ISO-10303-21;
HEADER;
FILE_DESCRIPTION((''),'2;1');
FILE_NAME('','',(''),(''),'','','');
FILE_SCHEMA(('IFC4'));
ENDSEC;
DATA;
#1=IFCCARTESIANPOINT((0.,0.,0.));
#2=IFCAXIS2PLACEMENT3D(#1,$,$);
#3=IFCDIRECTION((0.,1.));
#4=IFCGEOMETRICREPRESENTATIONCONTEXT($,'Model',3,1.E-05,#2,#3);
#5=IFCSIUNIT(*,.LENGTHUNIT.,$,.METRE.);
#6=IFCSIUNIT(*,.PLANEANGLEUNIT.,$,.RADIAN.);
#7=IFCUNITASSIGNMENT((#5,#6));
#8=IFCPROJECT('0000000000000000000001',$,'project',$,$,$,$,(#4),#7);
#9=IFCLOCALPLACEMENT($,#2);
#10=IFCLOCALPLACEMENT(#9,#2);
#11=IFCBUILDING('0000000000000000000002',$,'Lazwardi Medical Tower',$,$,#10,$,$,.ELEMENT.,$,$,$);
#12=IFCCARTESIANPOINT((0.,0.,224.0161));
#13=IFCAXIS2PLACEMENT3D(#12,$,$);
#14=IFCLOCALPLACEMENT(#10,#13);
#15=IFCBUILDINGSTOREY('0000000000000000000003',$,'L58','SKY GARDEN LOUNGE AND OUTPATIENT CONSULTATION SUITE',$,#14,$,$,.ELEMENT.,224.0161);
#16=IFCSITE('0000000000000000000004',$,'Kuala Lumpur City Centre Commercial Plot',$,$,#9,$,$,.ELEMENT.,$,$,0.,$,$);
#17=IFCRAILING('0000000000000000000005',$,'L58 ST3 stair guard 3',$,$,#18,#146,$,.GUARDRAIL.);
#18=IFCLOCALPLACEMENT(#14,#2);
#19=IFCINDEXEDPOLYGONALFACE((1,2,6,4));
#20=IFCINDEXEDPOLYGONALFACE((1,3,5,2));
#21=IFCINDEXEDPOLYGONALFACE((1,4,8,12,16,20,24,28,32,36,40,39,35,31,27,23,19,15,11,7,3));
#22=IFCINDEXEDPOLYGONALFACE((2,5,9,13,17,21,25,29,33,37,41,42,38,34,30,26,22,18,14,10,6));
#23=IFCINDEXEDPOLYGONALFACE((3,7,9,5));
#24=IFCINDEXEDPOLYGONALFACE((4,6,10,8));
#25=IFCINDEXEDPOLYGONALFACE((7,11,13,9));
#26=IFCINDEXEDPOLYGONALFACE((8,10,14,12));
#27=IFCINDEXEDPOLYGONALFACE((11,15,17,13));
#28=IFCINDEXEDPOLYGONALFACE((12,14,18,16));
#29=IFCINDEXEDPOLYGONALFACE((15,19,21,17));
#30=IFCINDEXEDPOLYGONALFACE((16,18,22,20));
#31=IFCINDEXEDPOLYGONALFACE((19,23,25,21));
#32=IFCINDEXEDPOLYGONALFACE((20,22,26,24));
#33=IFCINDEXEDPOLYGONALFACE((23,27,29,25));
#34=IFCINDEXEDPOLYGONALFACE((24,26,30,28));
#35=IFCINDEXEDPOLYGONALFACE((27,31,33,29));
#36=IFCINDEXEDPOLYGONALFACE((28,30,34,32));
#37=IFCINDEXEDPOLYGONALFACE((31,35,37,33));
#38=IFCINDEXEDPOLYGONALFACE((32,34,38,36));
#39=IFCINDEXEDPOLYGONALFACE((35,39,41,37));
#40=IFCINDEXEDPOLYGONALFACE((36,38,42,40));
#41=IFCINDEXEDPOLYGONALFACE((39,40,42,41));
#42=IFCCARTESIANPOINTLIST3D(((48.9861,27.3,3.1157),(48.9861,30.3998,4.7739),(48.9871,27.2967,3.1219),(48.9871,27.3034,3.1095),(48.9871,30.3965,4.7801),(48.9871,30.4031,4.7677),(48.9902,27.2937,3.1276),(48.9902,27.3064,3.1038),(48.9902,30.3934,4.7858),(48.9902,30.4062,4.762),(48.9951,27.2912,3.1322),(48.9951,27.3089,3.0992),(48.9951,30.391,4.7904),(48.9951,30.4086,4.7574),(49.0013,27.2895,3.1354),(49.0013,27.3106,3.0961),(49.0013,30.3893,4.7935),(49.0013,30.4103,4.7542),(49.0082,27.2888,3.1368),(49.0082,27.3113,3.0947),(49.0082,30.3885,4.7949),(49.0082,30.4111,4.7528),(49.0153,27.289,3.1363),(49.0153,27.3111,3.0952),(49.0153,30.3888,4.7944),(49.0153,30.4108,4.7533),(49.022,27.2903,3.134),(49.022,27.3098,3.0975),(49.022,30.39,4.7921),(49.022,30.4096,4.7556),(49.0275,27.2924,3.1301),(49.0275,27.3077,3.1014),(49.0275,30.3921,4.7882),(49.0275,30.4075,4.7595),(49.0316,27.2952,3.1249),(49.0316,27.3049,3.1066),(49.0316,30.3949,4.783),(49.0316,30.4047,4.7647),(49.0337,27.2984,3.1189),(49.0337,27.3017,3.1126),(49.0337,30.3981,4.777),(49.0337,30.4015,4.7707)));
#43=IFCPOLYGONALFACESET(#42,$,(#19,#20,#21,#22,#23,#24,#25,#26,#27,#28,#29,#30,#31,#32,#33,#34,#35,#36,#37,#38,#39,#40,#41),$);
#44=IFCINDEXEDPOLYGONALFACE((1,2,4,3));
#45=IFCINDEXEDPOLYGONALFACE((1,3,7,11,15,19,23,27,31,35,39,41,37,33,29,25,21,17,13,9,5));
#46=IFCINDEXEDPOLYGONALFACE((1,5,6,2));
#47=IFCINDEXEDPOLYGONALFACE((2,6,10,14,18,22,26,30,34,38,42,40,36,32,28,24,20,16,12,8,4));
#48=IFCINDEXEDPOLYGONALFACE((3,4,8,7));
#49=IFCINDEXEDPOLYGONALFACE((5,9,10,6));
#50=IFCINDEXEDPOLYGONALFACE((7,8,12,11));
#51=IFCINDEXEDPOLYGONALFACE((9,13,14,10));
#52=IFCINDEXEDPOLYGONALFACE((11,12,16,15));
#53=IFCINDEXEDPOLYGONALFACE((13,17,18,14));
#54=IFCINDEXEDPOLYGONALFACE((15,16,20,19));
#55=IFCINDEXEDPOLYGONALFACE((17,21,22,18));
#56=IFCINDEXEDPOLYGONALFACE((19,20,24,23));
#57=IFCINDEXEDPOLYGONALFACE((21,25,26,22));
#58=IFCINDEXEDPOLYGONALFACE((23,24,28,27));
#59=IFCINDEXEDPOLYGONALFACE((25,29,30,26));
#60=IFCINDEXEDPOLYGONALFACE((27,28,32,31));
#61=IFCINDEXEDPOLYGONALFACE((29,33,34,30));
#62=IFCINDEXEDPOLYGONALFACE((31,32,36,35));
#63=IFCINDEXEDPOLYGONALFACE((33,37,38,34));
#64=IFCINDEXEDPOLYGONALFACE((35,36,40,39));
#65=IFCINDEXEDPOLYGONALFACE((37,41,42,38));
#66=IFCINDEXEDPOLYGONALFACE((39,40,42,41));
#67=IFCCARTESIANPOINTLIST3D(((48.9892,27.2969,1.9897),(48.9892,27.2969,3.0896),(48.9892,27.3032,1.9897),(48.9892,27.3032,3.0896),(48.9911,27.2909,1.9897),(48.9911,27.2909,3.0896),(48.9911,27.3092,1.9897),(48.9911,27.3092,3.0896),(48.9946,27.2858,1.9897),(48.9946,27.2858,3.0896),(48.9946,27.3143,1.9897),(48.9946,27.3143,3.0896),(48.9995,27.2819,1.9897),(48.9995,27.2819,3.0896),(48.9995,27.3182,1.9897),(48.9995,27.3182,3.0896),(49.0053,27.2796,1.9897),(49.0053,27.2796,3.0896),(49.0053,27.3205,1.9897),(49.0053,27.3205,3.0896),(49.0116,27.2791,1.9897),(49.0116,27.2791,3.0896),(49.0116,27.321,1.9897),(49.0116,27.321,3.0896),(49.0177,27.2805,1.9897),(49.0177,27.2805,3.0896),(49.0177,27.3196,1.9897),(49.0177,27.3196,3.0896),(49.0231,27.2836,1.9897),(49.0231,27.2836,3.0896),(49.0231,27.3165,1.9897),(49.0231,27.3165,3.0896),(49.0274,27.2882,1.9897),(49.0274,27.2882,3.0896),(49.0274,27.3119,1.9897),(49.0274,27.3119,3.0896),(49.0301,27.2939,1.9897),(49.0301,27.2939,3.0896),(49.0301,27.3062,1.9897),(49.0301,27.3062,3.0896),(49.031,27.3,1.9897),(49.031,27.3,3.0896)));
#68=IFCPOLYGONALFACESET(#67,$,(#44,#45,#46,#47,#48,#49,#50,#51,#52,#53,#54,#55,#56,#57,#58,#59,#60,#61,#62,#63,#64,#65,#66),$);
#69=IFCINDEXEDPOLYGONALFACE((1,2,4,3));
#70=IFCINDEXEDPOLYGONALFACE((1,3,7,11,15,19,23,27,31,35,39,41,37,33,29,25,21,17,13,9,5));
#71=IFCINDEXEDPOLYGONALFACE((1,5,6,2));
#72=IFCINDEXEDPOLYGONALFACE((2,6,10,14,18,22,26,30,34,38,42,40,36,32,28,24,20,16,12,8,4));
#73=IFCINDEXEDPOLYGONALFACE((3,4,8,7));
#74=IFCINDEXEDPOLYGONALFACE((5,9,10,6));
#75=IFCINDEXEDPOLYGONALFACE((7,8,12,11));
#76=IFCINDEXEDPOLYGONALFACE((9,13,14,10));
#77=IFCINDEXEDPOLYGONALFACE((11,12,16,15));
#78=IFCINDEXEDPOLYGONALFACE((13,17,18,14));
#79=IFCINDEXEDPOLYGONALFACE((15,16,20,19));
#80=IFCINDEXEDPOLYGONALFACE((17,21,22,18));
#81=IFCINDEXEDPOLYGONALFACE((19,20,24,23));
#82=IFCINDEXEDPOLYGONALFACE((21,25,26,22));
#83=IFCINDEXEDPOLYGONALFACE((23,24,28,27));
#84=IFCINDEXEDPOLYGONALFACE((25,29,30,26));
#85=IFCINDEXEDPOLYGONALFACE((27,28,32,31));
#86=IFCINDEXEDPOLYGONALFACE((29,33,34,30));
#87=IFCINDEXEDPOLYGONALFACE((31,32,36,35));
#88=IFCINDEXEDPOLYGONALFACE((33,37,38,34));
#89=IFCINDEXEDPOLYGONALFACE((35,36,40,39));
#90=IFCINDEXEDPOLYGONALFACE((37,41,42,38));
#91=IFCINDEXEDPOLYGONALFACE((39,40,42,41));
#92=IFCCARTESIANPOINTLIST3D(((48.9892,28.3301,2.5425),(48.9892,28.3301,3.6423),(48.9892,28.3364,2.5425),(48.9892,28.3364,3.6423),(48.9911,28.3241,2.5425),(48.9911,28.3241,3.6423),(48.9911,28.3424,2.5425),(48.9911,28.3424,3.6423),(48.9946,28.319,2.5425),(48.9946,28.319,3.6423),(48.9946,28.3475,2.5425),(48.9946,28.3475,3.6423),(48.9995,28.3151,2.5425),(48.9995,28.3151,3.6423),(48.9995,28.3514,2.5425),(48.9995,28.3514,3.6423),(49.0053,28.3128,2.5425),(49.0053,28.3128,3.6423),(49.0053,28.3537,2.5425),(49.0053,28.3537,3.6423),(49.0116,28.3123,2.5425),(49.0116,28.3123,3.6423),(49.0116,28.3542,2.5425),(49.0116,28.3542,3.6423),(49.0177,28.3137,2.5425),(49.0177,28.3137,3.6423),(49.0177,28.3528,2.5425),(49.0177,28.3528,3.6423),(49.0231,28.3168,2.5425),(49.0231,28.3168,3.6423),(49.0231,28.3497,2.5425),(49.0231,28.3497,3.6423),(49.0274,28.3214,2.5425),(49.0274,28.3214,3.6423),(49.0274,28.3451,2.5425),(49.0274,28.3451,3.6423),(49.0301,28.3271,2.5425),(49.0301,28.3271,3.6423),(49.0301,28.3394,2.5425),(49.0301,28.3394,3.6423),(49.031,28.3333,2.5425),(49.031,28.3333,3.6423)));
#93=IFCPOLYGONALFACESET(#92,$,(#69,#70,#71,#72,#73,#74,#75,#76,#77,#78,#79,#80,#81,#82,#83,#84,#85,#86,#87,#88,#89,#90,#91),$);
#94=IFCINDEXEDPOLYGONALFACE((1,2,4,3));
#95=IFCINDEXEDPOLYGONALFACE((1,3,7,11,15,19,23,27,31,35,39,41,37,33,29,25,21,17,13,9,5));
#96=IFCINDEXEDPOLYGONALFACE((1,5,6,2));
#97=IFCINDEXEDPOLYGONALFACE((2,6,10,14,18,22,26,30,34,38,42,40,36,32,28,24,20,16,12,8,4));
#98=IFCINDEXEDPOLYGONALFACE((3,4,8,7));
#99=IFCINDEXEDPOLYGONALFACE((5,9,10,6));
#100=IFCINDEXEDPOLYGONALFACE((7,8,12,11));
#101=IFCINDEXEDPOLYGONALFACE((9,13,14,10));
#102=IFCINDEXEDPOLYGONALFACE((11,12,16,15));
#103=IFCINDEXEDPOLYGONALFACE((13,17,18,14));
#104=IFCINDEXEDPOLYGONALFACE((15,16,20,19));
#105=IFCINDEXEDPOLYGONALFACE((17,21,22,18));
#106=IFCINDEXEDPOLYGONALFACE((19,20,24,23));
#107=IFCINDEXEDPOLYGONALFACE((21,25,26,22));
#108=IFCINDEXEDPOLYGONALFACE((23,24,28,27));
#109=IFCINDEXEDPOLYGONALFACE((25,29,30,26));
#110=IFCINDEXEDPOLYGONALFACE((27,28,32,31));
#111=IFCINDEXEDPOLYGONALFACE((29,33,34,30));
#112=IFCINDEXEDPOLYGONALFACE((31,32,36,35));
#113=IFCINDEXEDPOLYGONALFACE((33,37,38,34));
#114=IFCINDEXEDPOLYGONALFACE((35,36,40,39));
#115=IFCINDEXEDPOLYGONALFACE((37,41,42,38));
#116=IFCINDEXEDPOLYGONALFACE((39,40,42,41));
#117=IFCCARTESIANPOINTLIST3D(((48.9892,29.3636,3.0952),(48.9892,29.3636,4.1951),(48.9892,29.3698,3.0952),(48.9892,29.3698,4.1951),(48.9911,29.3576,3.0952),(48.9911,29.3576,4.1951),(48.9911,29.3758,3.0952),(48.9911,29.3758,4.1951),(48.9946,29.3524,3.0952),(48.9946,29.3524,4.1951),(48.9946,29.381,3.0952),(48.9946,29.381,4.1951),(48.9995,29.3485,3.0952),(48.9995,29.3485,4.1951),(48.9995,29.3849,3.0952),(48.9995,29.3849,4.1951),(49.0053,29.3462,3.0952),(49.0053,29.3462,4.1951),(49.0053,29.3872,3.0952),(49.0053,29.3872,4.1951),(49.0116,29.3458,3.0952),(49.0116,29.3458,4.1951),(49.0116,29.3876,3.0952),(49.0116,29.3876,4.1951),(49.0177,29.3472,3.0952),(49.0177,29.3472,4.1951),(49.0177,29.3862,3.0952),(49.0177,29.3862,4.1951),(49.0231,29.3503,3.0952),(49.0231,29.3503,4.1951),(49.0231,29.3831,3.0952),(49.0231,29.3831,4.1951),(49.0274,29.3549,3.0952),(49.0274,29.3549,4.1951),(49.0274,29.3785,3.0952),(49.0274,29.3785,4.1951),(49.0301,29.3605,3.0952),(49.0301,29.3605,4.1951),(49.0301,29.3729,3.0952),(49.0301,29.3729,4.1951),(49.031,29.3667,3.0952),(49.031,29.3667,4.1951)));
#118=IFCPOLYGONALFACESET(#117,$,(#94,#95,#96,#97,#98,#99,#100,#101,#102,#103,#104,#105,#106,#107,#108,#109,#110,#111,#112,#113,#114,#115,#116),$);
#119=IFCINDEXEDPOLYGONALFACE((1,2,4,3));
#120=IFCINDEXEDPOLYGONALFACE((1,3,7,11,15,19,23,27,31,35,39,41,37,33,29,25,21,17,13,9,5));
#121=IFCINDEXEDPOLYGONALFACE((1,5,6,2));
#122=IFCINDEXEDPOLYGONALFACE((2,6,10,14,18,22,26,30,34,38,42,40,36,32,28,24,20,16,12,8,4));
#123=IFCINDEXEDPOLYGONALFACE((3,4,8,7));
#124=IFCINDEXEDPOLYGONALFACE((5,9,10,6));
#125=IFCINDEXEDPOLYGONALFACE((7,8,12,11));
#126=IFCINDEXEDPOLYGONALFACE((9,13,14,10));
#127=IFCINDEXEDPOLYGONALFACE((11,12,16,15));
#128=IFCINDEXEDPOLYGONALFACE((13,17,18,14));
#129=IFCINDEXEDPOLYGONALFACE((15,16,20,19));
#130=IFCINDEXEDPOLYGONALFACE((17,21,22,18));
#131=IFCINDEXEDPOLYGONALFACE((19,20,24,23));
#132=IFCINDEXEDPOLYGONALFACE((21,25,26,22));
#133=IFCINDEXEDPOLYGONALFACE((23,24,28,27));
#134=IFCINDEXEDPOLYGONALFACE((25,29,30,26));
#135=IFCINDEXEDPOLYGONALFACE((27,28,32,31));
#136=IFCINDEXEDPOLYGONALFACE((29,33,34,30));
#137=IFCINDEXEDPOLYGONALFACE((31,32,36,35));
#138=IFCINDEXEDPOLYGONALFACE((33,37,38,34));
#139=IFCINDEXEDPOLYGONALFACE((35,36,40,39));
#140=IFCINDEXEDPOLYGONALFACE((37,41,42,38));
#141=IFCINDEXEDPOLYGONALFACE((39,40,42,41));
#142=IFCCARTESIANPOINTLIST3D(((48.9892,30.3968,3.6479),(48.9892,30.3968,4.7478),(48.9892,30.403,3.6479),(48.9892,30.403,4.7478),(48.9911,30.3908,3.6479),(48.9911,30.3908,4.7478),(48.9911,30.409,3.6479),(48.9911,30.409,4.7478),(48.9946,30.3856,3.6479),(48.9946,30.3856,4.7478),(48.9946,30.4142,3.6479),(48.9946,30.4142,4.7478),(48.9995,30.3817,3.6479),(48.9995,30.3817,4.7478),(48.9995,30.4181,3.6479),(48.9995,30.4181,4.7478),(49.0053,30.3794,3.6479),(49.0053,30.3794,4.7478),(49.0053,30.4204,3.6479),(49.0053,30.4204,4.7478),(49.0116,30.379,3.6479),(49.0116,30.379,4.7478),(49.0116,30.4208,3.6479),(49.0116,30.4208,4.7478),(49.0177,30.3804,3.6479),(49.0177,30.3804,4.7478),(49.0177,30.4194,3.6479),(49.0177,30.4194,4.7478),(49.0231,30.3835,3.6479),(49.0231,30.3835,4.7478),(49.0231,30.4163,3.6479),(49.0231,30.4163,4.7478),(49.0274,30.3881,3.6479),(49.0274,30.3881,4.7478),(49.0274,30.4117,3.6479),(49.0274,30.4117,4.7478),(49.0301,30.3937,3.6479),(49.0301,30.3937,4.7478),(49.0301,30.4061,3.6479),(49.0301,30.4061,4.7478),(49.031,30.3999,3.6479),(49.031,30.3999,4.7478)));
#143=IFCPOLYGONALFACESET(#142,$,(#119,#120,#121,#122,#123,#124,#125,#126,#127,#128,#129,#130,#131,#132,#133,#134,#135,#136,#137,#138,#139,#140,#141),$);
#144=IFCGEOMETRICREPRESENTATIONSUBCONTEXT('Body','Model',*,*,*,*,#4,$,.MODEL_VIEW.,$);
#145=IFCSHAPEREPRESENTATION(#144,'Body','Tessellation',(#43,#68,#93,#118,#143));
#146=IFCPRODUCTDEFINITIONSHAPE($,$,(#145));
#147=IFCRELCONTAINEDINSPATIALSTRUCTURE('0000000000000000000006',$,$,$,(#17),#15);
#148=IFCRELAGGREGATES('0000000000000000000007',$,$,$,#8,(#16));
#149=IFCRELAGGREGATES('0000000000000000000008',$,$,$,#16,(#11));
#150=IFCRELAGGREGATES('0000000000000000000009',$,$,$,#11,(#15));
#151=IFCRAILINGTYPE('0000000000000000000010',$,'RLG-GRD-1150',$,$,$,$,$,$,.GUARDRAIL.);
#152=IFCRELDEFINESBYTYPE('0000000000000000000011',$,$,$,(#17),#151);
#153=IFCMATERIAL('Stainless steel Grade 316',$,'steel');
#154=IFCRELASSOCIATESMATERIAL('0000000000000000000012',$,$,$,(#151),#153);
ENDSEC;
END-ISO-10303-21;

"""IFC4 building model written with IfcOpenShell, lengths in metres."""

from ifc_helpers import new_model, si_unit, direction, frame, origin, origin_2d, place, context, subcontext, project, spatial, circle, extrude, material, type_object, element, save


model = new_model("IFC4")

# Units and contexts
model_context = context("Model", 3, precision=1e-05, world=origin(), true_north=direction((0.0, 1.0)))
body_context = subcontext(model_context, "Body", "Model", "MODEL_VIEW")
ifc_project = project(units=[si_unit("LENGTHUNIT", "METRE"), si_unit("PLANEANGLEUNIT", "RADIAN")], contexts=[model_context])

# Site, building, storey
site_placement = place(None, origin())
site = spatial("IfcSite", under=ifc_project, at=site_placement, Name="Kuala Lumpur City Centre Commercial Plot", CompositionType="ELEMENT", RefElevation=0.0)
building_placement = place(site_placement, origin())
building = spatial("IfcBuilding", under=site, at=building_placement, Name="Lazwardi Medical Tower", CompositionType="ELEMENT")
storey_placement = place(building_placement, frame((0.0, 0.0, 224.0161)))
storey = spatial("IfcBuildingStorey", under=building, at=storey_placement, Name="L58", Description="SKY GARDEN LOUNGE AND OUTPATIENT CONSULTATION SUITE", CompositionType="ELEMENT", Elevation=224.0161)

# Railing
ifc_material_1 = material(Name="Stainless steel Grade 316", Category="steel")
railing_type_1 = type_object("IfcRailingType", Name="RLG-GRD-1150", PredefinedType="GUARDRAIL", material=ifc_material_1)
railing_1_placement = place(storey_placement, frame((49.01, 27.3, 1.9897)))
element("IfcRailing", 1, at=railing_1_placement, inside=storey, type_object=railing_type_1, Name="L58 ST3 stair guard 3", PredefinedType="GUARDRAIL", context=body_context, shape_type="SweptSolid", body=[
    extrude(circle(Radius=0.0239, at=origin_2d()), frame((0.0, 0.0, 1.126), z_axis=(0.0, 0.881768, 0.471684), x_axis=(-1.0, 0.0, 0.0)), (0.0, 0.0, 1.0), 3.5154),
    extrude(circle(Radius=0.021, at=origin_2d()), origin(), (0.0, 0.0, 1.0), 1.0999),
    extrude(circle(Radius=0.021, at=origin_2d()), frame((0.0, 1.0332, 0.5527)), (0.0, 0.0, 1.0), 1.0999),
    extrude(circle(Radius=0.021, at=origin_2d()), frame((0.0, 2.0667, 1.1055)), (0.0, 0.0, 1.0), 1.0999),
    extrude(circle(Radius=0.021, at=origin_2d()), frame((0.0, 3.0999, 1.6582)), (0.0, 0.0, 1.0), 1.0999),
])

save(model, "model.ifc")
